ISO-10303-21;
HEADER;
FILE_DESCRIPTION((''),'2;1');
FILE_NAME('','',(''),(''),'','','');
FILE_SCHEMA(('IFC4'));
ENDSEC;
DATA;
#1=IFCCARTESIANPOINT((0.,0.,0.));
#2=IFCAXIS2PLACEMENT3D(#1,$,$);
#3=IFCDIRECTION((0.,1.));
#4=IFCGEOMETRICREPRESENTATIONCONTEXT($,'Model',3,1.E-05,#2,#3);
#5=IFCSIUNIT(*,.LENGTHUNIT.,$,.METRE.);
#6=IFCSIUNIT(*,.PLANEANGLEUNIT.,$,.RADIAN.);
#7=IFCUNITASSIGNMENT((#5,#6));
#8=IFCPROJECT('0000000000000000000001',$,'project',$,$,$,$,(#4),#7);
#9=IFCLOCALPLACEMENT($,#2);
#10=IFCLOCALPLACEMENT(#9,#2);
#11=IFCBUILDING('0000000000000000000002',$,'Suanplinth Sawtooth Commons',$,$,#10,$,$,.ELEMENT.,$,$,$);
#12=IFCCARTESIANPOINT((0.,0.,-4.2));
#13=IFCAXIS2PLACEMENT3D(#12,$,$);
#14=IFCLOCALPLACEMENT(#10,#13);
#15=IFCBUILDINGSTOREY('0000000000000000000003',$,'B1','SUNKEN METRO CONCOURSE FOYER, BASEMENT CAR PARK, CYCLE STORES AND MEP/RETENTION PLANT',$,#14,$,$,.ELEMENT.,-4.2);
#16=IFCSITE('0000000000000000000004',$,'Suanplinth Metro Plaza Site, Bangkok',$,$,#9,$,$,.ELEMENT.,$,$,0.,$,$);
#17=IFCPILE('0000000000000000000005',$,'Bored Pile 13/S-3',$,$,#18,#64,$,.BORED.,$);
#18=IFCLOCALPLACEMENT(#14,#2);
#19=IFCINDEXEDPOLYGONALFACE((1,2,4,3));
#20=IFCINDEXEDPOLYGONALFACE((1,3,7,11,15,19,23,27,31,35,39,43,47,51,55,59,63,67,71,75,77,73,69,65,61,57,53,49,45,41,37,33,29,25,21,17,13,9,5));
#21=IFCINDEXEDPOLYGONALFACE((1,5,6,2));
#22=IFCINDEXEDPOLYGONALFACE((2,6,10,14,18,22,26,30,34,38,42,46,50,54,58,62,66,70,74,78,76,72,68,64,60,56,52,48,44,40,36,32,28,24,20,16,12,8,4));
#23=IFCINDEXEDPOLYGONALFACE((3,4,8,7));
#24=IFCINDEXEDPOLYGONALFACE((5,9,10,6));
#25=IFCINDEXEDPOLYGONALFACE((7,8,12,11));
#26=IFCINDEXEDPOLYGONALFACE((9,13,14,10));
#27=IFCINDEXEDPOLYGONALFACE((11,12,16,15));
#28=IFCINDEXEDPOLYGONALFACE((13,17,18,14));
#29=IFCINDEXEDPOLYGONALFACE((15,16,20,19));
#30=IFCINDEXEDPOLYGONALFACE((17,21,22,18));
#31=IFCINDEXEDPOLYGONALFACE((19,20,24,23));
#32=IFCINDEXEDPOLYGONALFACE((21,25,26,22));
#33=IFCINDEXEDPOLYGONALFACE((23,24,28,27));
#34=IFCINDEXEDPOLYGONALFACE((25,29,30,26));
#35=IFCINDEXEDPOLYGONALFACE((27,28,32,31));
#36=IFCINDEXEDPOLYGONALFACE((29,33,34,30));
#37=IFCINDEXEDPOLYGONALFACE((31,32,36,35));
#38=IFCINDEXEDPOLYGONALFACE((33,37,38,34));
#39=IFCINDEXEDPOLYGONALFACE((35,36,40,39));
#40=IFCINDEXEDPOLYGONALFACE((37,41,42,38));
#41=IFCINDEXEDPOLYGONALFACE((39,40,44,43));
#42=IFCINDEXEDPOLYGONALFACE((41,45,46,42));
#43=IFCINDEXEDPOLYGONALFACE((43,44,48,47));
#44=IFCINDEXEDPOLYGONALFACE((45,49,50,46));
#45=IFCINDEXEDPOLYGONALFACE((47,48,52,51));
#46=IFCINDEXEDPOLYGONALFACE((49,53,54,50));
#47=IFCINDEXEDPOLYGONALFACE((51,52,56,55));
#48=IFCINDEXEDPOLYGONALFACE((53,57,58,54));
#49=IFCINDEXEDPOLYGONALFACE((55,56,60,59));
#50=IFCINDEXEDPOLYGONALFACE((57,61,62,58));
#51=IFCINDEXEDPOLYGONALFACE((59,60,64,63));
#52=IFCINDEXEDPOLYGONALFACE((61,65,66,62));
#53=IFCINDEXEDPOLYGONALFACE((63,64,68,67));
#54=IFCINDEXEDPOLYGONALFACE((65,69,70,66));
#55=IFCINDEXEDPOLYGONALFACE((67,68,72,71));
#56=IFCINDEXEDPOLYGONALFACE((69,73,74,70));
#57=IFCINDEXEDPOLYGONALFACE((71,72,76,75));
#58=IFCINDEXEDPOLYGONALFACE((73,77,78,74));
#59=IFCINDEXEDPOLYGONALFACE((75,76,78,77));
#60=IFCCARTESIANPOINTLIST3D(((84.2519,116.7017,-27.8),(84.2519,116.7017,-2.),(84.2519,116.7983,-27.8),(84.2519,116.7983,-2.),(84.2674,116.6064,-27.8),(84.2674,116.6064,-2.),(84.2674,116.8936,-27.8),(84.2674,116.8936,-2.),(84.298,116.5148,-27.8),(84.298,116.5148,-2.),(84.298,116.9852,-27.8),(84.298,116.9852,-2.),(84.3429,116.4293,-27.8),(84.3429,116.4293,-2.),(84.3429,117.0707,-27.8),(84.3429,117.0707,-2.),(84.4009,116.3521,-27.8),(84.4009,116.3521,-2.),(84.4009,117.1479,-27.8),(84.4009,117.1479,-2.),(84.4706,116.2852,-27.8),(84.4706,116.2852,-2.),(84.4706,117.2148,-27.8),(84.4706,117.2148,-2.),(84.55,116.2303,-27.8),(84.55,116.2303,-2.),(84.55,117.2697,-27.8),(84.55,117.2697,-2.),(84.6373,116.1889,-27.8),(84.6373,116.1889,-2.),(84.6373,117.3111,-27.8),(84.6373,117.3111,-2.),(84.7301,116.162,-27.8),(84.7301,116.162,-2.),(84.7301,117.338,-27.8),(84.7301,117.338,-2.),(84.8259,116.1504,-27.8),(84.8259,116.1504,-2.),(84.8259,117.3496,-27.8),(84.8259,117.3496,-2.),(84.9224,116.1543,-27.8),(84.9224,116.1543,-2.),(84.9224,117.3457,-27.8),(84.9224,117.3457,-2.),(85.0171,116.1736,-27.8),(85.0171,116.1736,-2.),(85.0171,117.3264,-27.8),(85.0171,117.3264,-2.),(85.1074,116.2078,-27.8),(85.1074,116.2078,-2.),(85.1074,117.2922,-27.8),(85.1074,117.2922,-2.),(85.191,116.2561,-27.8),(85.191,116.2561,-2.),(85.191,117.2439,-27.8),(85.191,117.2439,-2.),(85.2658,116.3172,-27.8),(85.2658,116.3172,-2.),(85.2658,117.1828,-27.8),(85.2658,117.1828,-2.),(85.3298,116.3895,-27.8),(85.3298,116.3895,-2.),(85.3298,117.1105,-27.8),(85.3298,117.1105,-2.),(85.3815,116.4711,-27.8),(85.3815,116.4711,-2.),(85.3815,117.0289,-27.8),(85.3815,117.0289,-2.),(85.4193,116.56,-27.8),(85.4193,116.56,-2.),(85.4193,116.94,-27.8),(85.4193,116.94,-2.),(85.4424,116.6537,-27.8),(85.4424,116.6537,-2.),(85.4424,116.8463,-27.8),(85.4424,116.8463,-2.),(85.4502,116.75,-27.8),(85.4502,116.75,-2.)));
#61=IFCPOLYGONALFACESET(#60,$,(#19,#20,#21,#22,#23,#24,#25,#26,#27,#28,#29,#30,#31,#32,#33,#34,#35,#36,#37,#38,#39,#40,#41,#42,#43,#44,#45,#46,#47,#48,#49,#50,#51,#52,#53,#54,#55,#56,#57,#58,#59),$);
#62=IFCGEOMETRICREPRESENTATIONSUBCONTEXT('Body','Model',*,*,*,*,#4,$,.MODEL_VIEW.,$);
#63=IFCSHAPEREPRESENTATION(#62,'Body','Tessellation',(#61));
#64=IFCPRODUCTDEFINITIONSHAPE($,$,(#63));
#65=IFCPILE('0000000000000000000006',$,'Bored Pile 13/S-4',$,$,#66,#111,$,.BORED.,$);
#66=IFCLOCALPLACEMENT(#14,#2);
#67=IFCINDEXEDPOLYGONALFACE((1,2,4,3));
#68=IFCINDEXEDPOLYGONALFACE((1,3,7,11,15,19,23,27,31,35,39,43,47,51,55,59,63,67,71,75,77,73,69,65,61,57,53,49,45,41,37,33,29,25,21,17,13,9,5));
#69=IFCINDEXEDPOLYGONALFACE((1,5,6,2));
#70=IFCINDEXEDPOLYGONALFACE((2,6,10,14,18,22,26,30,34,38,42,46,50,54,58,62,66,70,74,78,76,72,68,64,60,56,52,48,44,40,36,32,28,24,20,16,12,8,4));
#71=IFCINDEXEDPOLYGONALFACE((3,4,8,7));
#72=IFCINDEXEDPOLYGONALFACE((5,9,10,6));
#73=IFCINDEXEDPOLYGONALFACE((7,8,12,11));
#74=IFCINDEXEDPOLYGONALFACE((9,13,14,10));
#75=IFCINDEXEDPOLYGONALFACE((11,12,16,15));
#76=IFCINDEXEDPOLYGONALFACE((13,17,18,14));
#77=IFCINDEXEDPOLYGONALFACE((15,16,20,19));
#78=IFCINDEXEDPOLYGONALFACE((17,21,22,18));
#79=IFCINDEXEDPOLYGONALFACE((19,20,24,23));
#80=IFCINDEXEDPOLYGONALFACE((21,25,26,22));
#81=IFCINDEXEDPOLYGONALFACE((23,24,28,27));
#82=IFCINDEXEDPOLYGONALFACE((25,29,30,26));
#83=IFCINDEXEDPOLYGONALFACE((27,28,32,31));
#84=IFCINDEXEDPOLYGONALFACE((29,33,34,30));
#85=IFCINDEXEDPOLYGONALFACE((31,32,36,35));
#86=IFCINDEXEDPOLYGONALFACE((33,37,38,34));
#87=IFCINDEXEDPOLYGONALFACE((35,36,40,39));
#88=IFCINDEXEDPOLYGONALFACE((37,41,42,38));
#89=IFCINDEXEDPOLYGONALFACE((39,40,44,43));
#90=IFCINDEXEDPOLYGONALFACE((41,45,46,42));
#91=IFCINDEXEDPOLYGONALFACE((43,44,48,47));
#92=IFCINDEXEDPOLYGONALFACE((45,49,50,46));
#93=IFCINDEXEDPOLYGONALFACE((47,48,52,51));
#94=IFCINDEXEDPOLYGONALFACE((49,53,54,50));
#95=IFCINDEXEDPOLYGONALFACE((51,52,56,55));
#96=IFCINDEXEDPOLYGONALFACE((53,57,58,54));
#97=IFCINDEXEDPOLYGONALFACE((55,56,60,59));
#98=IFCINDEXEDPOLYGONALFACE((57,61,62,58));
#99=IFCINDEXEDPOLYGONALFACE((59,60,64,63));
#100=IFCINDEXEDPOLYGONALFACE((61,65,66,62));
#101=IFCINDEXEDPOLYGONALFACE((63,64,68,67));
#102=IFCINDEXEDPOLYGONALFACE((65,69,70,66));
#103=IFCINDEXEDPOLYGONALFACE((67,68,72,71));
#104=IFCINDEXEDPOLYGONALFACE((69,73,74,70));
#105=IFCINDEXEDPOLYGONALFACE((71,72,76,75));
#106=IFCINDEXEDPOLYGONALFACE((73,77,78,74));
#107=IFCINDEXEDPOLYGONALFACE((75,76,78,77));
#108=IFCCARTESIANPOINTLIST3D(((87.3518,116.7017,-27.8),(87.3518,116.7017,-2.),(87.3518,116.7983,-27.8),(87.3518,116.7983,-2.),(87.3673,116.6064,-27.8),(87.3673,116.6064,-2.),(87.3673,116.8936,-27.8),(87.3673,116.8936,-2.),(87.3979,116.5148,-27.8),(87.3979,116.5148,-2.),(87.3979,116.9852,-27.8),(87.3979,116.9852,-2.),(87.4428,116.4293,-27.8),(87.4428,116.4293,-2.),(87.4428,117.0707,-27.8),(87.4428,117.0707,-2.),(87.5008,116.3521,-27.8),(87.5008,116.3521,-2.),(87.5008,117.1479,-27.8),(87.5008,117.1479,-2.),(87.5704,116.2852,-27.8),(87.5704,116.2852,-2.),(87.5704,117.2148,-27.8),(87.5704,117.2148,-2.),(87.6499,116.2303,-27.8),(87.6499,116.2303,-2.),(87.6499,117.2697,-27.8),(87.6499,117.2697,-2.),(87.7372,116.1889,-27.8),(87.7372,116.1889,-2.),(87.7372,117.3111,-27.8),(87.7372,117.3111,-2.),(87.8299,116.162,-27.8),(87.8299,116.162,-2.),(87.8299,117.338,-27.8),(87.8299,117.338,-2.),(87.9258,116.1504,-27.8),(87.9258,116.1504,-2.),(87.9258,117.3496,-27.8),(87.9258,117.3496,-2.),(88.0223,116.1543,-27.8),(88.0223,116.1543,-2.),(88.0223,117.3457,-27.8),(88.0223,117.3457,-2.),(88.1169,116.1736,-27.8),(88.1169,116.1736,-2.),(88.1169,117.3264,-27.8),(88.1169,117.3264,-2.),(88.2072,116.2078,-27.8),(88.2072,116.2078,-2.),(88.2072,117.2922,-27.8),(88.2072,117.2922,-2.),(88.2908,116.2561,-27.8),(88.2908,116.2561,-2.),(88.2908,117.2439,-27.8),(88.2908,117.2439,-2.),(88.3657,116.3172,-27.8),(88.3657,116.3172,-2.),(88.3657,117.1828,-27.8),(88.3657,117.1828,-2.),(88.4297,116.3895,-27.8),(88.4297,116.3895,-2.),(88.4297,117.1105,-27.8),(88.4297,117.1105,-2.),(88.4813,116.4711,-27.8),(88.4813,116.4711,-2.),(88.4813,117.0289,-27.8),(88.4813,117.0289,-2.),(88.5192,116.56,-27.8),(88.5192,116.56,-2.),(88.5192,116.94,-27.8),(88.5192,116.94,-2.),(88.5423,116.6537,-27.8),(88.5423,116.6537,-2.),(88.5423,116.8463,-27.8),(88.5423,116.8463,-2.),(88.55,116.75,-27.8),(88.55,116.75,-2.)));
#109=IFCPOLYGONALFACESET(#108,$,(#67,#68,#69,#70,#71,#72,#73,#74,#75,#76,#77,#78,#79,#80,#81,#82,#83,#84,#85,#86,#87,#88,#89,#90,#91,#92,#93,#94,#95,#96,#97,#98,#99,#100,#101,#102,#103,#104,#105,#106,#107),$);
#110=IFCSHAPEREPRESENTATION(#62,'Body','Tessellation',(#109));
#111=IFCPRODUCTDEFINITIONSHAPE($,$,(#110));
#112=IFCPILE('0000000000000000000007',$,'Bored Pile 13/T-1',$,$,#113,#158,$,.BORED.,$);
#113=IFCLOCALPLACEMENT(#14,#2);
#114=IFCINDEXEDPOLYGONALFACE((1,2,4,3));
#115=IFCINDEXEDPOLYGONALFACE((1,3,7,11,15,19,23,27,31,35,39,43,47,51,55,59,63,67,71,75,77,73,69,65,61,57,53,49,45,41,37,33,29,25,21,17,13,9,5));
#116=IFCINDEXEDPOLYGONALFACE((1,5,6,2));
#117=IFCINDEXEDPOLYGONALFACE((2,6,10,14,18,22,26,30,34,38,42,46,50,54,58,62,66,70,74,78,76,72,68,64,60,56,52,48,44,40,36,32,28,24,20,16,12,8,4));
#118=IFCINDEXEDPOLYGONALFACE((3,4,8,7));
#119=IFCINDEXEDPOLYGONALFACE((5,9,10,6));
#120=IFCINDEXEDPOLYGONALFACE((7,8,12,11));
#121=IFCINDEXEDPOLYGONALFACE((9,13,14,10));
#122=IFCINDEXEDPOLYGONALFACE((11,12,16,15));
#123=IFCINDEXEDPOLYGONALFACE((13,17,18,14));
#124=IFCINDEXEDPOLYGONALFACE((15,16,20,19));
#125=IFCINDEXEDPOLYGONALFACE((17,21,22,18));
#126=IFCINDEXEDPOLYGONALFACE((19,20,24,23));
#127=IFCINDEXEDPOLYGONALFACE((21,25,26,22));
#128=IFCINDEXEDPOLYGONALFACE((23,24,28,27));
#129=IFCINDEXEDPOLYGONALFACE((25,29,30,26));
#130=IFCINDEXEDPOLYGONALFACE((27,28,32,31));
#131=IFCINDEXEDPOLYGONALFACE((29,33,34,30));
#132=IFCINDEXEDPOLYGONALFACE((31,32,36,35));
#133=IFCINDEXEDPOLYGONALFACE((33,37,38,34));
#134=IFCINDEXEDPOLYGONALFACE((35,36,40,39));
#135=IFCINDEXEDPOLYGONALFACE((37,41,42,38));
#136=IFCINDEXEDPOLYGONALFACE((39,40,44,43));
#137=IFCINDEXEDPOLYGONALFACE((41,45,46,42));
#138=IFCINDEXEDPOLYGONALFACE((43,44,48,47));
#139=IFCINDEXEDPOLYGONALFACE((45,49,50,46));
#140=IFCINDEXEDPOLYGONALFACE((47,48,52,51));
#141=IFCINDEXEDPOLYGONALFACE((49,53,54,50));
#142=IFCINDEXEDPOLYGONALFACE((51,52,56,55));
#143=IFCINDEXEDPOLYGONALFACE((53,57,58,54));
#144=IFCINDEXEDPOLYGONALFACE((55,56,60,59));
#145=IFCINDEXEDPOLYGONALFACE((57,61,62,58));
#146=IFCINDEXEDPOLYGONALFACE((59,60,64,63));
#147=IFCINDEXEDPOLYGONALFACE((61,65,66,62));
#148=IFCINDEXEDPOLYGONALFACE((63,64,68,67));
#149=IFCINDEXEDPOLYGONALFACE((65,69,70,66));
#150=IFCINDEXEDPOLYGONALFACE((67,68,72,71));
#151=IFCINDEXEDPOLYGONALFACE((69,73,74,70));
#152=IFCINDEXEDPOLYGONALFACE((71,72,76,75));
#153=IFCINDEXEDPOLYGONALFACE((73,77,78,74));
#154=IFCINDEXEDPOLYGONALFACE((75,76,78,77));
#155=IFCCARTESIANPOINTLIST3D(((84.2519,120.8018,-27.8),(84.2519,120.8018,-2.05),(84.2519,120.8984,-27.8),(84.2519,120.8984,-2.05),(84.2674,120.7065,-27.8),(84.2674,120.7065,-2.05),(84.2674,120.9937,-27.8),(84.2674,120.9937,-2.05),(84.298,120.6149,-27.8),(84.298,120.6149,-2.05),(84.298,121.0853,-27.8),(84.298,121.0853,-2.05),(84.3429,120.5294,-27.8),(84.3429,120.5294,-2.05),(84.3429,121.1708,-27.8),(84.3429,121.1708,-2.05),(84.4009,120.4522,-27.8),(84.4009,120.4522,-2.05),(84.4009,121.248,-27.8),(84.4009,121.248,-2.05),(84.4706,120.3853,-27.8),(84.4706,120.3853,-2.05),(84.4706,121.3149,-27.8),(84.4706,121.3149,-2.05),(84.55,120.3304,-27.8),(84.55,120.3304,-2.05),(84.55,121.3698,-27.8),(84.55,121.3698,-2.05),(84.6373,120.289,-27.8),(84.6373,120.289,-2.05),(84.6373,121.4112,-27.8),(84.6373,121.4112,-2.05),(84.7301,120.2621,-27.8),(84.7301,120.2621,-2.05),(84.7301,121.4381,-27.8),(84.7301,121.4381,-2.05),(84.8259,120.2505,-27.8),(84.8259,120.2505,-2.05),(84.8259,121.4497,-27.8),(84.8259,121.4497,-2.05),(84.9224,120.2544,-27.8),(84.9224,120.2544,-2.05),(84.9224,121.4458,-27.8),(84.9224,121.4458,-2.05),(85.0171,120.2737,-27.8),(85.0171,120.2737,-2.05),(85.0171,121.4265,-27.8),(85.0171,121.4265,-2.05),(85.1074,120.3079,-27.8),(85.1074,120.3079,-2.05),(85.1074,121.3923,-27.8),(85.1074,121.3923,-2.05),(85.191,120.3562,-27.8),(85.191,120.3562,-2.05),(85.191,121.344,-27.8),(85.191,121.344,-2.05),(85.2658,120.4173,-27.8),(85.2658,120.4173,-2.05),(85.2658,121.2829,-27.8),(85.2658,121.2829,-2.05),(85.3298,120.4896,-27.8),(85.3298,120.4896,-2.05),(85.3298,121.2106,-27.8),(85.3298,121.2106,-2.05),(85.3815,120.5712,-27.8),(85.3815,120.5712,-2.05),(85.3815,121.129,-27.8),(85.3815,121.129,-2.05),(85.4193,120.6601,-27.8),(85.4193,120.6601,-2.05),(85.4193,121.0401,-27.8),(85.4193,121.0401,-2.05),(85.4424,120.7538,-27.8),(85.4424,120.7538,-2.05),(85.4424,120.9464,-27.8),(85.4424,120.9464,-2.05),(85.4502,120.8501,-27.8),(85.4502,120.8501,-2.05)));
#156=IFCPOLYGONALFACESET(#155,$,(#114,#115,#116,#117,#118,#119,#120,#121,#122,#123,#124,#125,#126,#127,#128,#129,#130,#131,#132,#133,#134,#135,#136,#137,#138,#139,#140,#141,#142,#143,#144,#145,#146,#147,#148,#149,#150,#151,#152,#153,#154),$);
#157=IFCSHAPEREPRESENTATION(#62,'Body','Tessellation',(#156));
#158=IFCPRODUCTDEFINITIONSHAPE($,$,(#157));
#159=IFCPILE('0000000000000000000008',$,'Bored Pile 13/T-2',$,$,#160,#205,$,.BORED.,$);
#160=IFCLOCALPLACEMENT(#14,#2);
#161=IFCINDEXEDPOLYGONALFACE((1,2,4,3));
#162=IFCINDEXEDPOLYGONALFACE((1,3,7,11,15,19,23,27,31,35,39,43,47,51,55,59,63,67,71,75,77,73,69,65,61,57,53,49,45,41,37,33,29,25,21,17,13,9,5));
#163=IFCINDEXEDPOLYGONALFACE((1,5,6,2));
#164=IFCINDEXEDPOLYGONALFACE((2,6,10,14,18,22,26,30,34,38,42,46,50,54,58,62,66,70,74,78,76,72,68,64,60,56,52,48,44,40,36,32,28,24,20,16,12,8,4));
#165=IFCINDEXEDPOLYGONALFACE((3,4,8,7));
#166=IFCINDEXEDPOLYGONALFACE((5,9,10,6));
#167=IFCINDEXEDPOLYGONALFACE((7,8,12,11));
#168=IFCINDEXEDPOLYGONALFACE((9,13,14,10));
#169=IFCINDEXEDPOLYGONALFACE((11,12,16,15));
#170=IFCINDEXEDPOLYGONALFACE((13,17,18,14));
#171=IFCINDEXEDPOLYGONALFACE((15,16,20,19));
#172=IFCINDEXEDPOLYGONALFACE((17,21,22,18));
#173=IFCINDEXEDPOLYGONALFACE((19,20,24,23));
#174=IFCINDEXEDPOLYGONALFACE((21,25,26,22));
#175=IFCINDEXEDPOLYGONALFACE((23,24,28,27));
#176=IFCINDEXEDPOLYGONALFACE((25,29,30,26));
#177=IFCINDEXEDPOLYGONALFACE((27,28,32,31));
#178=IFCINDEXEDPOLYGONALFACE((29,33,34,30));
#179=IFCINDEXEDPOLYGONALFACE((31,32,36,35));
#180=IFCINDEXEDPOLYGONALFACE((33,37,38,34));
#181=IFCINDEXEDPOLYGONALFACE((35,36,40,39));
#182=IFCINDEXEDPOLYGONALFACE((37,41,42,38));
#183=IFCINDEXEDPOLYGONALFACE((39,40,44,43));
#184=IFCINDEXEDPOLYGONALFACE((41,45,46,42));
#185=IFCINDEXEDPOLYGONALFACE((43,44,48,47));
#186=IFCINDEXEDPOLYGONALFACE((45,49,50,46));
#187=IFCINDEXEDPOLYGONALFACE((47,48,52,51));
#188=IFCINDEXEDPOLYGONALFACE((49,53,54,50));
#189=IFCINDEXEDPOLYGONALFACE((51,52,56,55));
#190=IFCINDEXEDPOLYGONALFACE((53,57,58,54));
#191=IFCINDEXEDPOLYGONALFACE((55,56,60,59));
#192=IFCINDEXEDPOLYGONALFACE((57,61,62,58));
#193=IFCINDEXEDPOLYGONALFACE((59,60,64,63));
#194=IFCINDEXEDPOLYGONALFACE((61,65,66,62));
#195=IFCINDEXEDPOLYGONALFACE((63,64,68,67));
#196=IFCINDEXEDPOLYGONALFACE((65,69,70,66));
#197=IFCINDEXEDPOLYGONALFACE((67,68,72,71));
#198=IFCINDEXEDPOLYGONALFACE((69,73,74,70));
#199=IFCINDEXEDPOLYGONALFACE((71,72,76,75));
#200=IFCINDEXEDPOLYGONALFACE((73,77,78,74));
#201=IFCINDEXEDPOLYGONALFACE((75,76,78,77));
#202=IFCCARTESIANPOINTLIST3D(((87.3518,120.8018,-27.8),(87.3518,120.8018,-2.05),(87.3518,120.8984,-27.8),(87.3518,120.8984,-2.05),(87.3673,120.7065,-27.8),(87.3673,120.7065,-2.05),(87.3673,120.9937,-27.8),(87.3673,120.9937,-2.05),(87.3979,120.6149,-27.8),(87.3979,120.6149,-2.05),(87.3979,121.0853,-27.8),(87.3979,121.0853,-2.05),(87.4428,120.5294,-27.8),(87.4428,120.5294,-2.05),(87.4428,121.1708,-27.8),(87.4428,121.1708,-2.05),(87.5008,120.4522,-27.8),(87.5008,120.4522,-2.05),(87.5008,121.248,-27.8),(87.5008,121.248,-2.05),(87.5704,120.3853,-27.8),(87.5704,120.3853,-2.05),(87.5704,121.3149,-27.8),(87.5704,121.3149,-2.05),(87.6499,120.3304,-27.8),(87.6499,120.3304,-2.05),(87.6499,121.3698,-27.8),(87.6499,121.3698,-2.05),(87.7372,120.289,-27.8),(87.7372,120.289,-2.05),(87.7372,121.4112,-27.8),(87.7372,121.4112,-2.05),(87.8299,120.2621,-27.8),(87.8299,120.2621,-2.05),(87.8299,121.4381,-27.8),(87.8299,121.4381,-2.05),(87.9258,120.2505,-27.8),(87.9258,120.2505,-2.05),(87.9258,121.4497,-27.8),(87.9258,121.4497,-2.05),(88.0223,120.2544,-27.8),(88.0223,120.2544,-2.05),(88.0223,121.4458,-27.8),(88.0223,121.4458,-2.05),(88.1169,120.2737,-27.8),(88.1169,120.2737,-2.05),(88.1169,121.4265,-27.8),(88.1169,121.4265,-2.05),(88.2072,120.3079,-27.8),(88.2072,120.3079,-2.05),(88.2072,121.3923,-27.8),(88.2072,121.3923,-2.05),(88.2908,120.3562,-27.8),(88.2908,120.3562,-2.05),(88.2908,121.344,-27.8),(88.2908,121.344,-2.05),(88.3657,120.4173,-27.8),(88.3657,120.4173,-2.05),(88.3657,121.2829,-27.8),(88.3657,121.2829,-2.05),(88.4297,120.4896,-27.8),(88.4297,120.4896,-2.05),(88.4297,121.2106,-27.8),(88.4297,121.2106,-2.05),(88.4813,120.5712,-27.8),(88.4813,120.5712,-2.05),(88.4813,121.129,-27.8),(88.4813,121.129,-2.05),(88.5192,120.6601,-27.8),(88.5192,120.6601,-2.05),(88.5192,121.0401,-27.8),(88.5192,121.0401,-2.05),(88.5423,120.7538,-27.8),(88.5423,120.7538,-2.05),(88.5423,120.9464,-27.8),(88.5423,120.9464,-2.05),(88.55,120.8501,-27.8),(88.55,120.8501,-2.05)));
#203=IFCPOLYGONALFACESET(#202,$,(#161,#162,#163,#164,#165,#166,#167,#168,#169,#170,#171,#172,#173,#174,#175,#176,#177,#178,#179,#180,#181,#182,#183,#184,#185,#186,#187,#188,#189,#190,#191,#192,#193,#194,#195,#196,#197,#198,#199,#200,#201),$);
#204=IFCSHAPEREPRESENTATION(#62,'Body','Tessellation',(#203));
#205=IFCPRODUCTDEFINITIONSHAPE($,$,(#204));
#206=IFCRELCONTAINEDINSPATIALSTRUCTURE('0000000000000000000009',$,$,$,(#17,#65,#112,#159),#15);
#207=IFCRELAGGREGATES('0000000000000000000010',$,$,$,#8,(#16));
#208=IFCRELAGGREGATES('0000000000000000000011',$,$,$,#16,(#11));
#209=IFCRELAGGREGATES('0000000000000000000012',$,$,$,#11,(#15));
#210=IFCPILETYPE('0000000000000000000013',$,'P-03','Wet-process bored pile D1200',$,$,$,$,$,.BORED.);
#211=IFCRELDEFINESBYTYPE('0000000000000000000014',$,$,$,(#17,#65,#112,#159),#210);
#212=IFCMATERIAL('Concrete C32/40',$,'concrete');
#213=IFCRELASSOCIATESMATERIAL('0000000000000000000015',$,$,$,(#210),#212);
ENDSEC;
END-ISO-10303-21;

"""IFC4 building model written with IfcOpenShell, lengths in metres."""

from ifc_helpers import new_model, si_unit, direction, frame, origin, origin_2d, place, context, subcontext, project, spatial, circle, extrude, material, material_profile, profile_set, type_object, element, save


model = new_model("IFC4")

# Units and contexts
model_context = context("Model", 3, precision=1e-05, world=origin(), true_north=direction((0.0, 1.0)))
body_context = subcontext(model_context, "Body", "Model", "MODEL_VIEW")
ifc_project = project(units=[si_unit("LENGTHUNIT", "METRE"), si_unit("PLANEANGLEUNIT", "RADIAN")], contexts=[model_context])

# Site, building, storey
site_placement = place(None, origin())
site = spatial("IfcSite", under=ifc_project, at=site_placement, Name="Suanplinth Metro Plaza Site, Bangkok", CompositionType="ELEMENT", RefElevation=0.0)
building_placement = place(site_placement, origin())
building = spatial("IfcBuilding", under=site, at=building_placement, Name="Suanplinth Sawtooth Commons", CompositionType="ELEMENT")
storey_placement = place(building_placement, frame((0.0, 0.0, -4.2)))
storey = spatial("IfcBuildingStorey", under=building, at=storey_placement, Name="B1", Description="SUNKEN METRO CONCOURSE FOYER, BASEMENT CAR PARK, CYCLE STORES AND MEP/RETENTION PLANT", CompositionType="ELEMENT", Elevation=-4.2)

# Piles
ifc_material_1 = material(Name="Concrete C32/40", Category="concrete")
ifc_material_profile_1 = material_profile(ifc_material_1, circle(Radius=0.6001, at=origin_2d()), Name="PILE D1200")
ifc_profile_set_1 = profile_set([ifc_material_profile_1], Name="Concrete C32/40")
pile_type = type_object("IfcPileType", Name="P-03", Description="Wet-process bored pile D1200", PredefinedType="BORED", material=ifc_profile_set_1)
for number, where, z_axis, x_axis, name in (
    (1, (84.8501, 116.75, -2.0), (0.0, 0.0, -1.0), (1.0, 0.0, 0.0), "Bored Pile 13/S-3"),
    (2, (87.95, 116.75, -2.0), (0.0, 0.0, -1.0), (1.0, 0.0, 0.0), "Bored Pile 13/S-4"),
):
    element("IfcPile", number, at=place(storey_placement, frame(where, z_axis=z_axis, x_axis=x_axis)), inside=storey, type_object=pile_type, Name=name, PredefinedType="BORED", context=body_context, shape_type="SweptSolid", body=[
        extrude(circle(Radius=0.6001, at=origin_2d()), origin(), (0.0, 0.0, 1.0), 25.8),
    ])
for number, where, z_axis, x_axis, name in (
    (3, (84.8501, 120.8501, -2.05), (0.0, 0.0, -1.0), (1.0, 0.0, 0.0), "Bored Pile 13/T-1"),
    (4, (87.95, 120.8501, -2.05), (0.0, 0.0, -1.0), (1.0, 0.0, 0.0), "Bored Pile 13/T-2"),
):
    element("IfcPile", number, at=place(storey_placement, frame(where, z_axis=z_axis, x_axis=x_axis)), inside=storey, type_object=pile_type, Name=name, PredefinedType="BORED", context=body_context, shape_type="SweptSolid", body=[
        extrude(circle(Radius=0.6001, at=origin_2d()), origin(), (0.0, 0.0, 1.0), 25.75),
    ])

save(model, "model.ifc")
